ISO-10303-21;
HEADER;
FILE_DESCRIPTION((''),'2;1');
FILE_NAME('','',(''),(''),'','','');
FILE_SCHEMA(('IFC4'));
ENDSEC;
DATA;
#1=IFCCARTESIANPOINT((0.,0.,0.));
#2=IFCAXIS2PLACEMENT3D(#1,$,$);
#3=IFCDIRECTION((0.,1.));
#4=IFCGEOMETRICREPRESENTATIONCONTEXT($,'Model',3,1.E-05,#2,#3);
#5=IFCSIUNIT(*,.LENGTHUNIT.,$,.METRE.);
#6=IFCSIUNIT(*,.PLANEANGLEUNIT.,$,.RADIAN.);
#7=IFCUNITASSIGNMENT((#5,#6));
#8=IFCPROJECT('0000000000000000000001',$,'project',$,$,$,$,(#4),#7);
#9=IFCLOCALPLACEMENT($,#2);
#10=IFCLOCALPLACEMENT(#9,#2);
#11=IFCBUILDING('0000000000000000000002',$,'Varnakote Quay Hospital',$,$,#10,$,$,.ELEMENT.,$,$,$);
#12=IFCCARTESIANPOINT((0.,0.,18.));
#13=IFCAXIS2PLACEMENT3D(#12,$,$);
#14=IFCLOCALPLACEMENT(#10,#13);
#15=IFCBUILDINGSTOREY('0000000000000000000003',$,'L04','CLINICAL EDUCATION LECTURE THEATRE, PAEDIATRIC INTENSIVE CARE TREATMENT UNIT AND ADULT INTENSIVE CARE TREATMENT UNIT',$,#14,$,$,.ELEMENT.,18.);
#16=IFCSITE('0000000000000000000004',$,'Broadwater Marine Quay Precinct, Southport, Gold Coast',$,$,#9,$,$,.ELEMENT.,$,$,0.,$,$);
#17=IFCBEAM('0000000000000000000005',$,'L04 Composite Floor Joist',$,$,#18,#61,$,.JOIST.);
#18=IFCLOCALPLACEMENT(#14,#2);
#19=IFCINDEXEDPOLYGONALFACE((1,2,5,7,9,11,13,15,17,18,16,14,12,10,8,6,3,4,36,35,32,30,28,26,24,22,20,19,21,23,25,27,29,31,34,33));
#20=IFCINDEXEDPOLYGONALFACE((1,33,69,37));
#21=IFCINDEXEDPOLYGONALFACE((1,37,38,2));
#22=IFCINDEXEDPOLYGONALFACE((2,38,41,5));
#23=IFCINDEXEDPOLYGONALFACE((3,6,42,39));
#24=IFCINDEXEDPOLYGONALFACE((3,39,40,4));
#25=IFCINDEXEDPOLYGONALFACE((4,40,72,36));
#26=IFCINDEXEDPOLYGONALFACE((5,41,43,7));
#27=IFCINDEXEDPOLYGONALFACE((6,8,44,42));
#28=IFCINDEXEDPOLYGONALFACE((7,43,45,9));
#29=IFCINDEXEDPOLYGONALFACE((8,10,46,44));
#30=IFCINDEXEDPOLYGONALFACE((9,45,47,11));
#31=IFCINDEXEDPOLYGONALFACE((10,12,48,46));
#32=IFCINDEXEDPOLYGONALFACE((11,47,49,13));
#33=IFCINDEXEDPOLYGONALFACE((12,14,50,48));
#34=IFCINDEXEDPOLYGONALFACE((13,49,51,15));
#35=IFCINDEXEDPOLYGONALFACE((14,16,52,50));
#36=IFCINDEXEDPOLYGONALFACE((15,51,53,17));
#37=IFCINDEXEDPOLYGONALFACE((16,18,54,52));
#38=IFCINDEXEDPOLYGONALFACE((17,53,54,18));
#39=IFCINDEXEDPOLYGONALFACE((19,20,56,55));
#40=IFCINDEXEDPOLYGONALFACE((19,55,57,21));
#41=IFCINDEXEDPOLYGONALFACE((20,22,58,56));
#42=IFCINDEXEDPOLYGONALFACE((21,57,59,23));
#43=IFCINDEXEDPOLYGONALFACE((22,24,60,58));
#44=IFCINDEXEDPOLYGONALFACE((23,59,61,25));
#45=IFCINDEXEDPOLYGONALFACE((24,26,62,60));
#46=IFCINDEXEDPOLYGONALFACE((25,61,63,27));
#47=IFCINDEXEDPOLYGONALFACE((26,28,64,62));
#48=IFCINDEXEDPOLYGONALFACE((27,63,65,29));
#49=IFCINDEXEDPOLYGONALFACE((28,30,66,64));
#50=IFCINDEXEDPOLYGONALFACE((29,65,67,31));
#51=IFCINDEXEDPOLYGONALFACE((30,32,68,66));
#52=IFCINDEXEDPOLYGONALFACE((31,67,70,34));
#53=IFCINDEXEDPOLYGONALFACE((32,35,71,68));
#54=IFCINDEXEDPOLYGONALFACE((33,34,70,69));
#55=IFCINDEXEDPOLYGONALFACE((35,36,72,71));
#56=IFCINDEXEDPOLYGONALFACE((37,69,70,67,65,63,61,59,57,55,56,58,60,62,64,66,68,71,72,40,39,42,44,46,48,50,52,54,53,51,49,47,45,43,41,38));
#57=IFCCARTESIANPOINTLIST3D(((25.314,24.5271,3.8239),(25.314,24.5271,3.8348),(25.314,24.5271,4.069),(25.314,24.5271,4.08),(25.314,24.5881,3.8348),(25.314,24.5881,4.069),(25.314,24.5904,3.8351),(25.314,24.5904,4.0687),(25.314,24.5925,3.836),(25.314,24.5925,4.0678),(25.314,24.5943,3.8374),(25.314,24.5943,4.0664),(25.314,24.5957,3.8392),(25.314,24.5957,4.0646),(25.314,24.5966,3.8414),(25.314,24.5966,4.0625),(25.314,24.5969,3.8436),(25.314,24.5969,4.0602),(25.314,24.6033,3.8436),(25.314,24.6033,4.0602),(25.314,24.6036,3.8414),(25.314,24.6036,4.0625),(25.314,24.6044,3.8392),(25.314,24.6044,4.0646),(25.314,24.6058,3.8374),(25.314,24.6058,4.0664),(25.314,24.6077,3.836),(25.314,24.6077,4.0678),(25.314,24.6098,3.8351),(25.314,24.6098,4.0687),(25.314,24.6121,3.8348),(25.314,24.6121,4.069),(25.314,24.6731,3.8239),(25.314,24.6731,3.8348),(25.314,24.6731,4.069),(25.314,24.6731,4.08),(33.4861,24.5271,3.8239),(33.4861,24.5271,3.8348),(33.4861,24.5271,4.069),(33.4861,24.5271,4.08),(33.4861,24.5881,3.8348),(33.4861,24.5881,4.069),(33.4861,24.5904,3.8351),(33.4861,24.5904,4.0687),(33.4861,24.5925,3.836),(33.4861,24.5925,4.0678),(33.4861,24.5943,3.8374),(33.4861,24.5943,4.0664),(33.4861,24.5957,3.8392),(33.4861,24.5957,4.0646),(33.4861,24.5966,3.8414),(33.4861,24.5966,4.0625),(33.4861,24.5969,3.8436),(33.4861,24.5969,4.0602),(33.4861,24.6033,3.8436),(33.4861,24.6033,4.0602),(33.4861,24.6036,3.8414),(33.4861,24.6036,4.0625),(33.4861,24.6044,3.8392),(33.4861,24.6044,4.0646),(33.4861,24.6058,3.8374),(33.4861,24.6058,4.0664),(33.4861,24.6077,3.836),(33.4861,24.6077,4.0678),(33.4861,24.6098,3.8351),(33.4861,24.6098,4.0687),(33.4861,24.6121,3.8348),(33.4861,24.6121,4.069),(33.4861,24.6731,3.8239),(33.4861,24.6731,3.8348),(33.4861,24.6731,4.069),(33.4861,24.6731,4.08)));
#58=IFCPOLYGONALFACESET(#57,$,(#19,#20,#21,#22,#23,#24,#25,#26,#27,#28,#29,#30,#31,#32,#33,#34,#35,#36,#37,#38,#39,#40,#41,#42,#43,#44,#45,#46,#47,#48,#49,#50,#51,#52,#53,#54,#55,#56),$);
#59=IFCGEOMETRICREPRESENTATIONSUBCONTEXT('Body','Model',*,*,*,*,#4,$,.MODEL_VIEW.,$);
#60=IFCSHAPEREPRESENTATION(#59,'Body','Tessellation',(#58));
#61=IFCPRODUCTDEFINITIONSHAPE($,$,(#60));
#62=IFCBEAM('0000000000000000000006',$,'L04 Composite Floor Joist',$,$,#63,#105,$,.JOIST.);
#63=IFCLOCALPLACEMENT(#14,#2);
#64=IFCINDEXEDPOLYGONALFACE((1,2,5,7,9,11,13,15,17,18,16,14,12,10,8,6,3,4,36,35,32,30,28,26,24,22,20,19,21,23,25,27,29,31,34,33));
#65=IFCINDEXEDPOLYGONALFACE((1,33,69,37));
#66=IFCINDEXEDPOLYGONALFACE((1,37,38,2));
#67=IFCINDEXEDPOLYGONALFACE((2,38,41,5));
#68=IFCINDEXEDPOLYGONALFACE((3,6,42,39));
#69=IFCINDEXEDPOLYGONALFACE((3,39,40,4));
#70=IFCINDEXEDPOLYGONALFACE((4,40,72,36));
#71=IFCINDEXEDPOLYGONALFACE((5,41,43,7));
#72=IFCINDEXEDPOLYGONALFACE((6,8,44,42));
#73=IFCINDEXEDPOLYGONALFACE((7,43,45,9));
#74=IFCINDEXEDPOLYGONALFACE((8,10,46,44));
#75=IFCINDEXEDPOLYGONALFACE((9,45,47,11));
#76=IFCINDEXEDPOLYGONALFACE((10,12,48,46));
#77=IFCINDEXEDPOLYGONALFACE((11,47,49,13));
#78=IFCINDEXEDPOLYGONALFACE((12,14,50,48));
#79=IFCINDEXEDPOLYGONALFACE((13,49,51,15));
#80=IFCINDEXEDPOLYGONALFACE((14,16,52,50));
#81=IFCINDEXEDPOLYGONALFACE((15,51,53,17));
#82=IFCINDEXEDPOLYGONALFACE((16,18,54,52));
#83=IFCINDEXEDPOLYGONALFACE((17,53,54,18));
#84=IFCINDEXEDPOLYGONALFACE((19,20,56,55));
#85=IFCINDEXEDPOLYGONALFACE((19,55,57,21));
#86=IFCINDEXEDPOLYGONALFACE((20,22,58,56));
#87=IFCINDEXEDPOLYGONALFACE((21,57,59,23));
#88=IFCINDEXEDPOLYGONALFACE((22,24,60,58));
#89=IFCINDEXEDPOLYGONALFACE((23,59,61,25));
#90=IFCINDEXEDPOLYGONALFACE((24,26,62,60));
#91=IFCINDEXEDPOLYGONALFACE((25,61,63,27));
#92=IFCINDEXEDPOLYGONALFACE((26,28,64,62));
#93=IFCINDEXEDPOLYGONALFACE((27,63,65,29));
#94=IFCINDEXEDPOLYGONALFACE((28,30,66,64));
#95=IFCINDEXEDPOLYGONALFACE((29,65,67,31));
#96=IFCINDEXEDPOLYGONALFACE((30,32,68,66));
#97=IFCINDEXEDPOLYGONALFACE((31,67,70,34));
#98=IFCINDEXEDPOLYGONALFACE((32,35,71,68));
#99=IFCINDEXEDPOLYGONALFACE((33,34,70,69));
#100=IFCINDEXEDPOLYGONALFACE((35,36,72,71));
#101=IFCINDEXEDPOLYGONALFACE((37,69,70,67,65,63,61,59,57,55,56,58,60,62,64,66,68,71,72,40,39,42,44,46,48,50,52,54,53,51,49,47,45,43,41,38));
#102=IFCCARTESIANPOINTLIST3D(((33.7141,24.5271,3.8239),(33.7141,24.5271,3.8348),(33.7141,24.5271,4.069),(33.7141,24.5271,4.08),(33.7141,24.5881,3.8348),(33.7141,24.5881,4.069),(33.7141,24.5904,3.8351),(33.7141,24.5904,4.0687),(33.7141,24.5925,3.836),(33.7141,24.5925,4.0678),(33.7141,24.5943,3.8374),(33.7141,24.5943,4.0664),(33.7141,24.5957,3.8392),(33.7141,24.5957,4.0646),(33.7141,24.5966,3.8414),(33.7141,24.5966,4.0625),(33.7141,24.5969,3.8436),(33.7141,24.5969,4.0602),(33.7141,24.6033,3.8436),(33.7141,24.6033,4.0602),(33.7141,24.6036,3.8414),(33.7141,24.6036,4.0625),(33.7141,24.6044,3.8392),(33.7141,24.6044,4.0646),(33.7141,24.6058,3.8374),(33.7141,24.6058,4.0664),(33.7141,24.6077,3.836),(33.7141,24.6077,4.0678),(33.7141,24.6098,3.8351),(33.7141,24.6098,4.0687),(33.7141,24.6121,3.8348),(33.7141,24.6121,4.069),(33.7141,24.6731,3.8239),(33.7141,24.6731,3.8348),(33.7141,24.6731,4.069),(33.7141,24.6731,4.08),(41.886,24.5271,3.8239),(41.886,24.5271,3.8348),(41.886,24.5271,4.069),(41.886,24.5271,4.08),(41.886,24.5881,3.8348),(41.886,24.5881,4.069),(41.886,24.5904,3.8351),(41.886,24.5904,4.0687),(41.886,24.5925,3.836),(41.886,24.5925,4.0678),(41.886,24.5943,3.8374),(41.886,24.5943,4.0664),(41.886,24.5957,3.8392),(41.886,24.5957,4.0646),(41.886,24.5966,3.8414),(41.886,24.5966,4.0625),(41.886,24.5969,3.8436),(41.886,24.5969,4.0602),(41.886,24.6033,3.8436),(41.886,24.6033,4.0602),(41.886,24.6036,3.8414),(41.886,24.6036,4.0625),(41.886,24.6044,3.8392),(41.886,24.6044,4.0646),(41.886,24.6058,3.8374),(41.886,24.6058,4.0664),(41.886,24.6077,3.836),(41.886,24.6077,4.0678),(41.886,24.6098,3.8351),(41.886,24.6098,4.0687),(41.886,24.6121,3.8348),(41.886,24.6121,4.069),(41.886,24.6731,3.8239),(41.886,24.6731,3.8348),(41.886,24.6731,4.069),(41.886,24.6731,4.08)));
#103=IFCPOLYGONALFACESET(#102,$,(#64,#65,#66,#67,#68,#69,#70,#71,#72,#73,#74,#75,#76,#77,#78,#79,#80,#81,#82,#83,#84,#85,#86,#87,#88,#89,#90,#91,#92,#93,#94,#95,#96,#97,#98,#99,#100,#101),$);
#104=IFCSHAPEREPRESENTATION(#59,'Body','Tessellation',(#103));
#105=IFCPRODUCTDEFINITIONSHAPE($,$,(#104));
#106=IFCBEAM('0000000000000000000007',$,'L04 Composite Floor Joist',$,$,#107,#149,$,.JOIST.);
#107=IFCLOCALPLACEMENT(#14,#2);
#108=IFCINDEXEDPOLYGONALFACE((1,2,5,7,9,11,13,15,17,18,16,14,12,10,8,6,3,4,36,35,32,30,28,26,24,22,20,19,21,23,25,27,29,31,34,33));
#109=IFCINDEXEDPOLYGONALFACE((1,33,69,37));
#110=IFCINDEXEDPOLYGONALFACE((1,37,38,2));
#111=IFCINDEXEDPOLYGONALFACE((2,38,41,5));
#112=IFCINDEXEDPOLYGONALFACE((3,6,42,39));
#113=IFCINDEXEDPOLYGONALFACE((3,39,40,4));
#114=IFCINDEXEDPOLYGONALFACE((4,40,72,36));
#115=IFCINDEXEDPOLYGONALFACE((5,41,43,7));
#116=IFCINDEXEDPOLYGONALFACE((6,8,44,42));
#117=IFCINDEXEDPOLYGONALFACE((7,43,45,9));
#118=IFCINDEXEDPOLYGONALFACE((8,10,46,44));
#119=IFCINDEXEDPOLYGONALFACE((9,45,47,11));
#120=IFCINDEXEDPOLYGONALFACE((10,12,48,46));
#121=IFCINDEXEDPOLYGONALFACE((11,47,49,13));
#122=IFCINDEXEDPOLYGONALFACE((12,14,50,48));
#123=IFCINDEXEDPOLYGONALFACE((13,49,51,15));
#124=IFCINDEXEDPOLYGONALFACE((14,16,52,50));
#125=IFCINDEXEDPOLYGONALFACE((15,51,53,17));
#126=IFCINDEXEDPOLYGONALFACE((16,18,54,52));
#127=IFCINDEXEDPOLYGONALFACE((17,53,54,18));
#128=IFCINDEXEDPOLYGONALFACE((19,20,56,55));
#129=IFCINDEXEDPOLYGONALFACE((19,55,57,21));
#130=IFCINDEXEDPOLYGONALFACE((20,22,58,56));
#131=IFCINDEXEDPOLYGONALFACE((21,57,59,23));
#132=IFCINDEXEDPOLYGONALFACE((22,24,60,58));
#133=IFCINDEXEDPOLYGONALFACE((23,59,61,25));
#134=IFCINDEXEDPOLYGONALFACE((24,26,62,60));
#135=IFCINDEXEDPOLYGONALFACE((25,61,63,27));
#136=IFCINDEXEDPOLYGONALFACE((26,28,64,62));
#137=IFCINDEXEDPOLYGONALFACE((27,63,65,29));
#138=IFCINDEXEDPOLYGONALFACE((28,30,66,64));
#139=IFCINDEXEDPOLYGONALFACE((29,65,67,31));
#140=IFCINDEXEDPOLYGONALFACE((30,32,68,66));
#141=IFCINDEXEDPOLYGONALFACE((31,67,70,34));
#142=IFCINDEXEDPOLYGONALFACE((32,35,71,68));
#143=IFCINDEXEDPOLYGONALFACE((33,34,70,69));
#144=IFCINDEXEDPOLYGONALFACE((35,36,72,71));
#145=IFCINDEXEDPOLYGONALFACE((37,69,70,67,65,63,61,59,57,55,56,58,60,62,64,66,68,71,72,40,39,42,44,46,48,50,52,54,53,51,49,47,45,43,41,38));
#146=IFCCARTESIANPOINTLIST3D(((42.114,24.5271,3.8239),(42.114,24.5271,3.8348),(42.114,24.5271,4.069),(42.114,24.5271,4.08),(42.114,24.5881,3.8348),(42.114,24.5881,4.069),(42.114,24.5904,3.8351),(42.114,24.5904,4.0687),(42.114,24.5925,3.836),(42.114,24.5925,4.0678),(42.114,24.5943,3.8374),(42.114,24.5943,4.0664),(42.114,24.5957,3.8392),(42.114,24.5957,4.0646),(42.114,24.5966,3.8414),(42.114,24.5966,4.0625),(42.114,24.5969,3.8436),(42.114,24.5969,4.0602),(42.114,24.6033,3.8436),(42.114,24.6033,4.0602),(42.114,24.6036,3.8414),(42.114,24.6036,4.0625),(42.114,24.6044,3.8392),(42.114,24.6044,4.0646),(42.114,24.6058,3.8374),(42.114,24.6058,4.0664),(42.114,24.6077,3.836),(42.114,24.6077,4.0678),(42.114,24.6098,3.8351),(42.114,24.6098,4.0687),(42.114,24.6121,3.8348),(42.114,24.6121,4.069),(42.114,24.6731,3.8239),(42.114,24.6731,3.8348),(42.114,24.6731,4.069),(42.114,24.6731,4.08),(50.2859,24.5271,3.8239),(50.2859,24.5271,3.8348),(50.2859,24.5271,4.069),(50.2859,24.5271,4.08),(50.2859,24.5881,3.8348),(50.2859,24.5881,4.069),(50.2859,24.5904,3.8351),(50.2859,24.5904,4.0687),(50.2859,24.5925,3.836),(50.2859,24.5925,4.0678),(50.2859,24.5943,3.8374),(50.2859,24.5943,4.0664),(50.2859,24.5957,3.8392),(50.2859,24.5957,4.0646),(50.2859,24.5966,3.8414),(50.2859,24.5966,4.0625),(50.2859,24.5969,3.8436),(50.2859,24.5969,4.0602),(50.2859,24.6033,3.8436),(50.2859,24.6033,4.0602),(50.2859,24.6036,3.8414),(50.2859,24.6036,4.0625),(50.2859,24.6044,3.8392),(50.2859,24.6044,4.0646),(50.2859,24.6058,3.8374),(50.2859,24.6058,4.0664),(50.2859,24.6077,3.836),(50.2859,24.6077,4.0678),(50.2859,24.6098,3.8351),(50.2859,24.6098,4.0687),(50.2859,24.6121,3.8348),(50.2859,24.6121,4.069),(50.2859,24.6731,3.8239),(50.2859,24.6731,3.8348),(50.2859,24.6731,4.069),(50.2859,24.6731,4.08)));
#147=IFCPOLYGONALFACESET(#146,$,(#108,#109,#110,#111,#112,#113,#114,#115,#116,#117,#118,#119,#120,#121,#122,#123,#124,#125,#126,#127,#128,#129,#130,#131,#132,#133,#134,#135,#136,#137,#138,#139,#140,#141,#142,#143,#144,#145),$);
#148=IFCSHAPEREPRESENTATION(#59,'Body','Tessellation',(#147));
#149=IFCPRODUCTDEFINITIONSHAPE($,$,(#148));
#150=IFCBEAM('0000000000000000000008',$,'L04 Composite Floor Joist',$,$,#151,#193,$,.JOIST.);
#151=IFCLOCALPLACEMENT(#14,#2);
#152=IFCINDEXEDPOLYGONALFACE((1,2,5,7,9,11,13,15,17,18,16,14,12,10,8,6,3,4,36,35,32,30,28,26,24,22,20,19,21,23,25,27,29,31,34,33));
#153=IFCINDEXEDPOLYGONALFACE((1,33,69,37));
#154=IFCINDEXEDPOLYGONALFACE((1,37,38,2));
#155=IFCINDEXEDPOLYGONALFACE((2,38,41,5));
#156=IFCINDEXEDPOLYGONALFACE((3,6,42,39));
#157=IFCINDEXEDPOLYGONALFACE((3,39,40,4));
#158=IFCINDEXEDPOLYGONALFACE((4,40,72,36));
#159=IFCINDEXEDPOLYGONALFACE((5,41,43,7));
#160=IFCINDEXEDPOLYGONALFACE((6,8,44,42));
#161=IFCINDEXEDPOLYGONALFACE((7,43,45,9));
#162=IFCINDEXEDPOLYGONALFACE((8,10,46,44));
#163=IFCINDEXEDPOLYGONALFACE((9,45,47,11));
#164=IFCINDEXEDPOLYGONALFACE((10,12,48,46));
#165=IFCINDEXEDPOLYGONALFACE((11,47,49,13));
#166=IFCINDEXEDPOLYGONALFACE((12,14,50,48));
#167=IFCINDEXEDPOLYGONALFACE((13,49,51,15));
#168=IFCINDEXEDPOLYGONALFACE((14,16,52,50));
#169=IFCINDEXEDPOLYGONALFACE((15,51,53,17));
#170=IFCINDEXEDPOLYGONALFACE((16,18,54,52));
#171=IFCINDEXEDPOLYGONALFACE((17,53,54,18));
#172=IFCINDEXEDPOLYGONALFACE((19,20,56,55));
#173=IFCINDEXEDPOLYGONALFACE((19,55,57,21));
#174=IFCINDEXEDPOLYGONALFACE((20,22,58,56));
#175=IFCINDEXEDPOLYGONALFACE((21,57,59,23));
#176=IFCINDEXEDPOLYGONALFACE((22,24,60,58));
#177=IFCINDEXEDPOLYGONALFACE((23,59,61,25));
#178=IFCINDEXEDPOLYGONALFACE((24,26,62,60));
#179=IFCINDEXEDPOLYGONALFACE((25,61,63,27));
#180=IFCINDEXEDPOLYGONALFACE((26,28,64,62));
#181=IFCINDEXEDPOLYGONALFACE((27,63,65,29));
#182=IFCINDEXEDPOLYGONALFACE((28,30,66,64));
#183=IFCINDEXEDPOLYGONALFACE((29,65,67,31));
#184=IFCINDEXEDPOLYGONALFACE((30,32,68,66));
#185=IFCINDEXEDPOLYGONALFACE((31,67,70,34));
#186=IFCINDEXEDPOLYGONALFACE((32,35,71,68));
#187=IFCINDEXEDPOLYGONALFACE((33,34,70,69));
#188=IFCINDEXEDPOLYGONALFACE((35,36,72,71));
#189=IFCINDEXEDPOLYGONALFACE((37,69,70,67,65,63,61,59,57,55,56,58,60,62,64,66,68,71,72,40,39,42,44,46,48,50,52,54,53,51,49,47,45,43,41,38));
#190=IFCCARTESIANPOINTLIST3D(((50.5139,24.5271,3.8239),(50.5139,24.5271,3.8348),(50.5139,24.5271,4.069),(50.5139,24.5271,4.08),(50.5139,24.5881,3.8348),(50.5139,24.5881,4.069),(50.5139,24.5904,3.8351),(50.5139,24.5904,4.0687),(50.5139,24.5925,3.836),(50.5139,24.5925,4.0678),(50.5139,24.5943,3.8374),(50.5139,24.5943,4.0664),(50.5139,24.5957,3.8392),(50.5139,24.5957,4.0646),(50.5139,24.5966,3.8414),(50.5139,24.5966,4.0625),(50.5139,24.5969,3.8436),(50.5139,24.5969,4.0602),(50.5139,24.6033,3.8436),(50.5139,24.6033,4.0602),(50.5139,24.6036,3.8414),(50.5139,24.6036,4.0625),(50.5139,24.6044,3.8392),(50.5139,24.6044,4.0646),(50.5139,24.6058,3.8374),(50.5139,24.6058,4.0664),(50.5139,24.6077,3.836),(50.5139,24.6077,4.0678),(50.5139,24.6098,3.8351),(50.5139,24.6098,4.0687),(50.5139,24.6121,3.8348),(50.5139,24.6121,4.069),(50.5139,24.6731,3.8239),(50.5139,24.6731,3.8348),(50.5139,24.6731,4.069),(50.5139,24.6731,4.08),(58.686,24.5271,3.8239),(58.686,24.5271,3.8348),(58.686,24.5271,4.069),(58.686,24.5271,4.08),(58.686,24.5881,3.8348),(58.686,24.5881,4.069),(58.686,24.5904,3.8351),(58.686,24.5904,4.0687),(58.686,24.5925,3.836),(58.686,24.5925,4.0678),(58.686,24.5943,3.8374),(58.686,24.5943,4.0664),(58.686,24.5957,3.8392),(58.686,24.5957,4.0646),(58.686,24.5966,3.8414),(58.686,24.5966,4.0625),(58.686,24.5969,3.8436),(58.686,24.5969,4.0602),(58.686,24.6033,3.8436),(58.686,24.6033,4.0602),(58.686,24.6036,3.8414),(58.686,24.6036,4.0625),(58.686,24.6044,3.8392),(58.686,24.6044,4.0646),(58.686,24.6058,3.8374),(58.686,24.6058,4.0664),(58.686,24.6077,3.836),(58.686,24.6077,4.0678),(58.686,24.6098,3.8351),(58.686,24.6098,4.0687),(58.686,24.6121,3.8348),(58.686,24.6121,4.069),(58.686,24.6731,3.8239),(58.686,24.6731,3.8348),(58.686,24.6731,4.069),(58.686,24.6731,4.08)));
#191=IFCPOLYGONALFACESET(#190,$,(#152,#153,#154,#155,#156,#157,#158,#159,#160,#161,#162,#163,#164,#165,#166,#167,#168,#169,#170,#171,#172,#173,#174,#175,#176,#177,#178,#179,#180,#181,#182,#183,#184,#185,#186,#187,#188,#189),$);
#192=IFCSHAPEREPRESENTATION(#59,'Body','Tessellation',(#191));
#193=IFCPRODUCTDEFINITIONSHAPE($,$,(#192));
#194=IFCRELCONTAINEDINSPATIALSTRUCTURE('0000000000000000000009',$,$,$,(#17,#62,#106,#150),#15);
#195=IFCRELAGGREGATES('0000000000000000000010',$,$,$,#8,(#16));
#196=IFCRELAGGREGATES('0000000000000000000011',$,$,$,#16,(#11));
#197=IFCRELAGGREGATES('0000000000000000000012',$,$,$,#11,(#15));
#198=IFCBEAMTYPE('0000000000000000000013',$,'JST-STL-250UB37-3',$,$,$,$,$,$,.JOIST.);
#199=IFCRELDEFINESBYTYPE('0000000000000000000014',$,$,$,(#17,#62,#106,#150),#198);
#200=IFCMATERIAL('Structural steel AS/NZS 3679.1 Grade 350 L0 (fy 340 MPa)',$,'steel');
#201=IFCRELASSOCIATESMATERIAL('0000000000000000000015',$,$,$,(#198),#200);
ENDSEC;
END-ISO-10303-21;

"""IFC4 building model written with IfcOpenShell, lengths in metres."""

from ifc_helpers import new_model, si_unit, direction, frame, origin, origin_2d, place, context, subcontext, project, spatial, i_section, extrude, material, material_profile, profile_set, type_object, element, save


model = new_model("IFC4")

# Units and contexts
model_context = context("Model", 3, precision=1e-05, world=origin(), true_north=direction((0.0, 1.0)))
body_context = subcontext(model_context, "Body", "Model", "MODEL_VIEW")
ifc_project = project(units=[si_unit("LENGTHUNIT", "METRE"), si_unit("PLANEANGLEUNIT", "RADIAN")], contexts=[model_context])

# Site, building, storey
site_placement = place(None, origin())
site = spatial("IfcSite", under=ifc_project, at=site_placement, Name="Broadwater Marine Quay Precinct, Southport, Gold Coast", CompositionType="ELEMENT", RefElevation=0.0)
building_placement = place(site_placement, origin())
building = spatial("IfcBuilding", under=site, at=building_placement, Name="Varnakote Quay Hospital", CompositionType="ELEMENT")
storey_placement = place(building_placement, frame((0.0, 0.0, 18.0)))
storey = spatial("IfcBuildingStorey", under=building, at=storey_placement, Name="L04", Description="CLINICAL EDUCATION LECTURE THEATRE, PAEDIATRIC INTENSIVE CARE TREATMENT UNIT AND ADULT INTENSIVE CARE TREATMENT UNIT", CompositionType="ELEMENT", Elevation=18.0)

# Beams
ifc_material_1 = material(Name="Structural steel AS/NZS 3679.1 Grade 350 L0 (fy 340 MPa)", Category="steel")
ifc_material_profile_1 = material_profile(ifc_material_1, i_section(OverallWidth=0.146, OverallDepth=0.2561, WebThickness=0.0063, FlangeThickness=0.011, FilletRadius=0.0088, at=origin_2d()), Name="250UB37.3")
ifc_profile_set_1 = profile_set([ifc_material_profile_1], Name="Structural steel AS/NZS 3679.1 Grade 350 L0 (fy 340 MPa)")
beam_type_1 = type_object("IfcBeamType", Name="JST-STL-250UB37-3", PredefinedType="JOIST", material=ifc_profile_set_1)
for number, where, z_axis, x_axis, name in (
    (1, (25.314, 24.6001, 3.9519), (1.0, 0.0, 0.0), (0.0, 1.0, 0.0), "L04 Composite Floor Joist"),
):
    element("IfcBeam", number, at=place(storey_placement, frame(where, z_axis=z_axis, x_axis=x_axis)), inside=storey, type_object=beam_type_1, Name=name, PredefinedType="JOIST", context=body_context, shape_type="SweptSolid", body=[
        extrude(i_section(OverallWidth=0.146, OverallDepth=0.2561, WebThickness=0.0063, FlangeThickness=0.011, FilletRadius=0.0088, at=origin_2d()), origin(), (0.0, 0.0, 1.0), 8.1721),
    ])
for number, where, z_axis, x_axis, name in (
    (2, (33.7141, 24.6001, 3.9519), (1.0, 0.0, 0.0), (0.0, 1.0, 0.0), "L04 Composite Floor Joist"),
    (3, (42.114, 24.6001, 3.9519), (1.0, 0.0, 0.0), (0.0, 1.0, 0.0), "L04 Composite Floor Joist"),
):
    element("IfcBeam", number, at=place(storey_placement, frame(where, z_axis=z_axis, x_axis=x_axis)), inside=storey, type_object=beam_type_1, Name=name, PredefinedType="JOIST", context=body_context, shape_type="SweptSolid", body=[
        extrude(i_section(OverallWidth=0.146, OverallDepth=0.2561, WebThickness=0.0063, FlangeThickness=0.011, FilletRadius=0.0088, at=origin_2d()), origin(), (0.0, 0.0, 1.0), 8.1719),
    ])
beam_1_placement = place(storey_placement, frame((50.5139, 24.6001, 3.9519), z_axis=(1.0, 0.0, 0.0), x_axis=(0.0, 1.0, 0.0)))
element("IfcBeam", 4, at=beam_1_placement, inside=storey, type_object=beam_type_1, Name="L04 Composite Floor Joist", PredefinedType="JOIST", context=body_context, shape_type="SweptSolid", body=[
    extrude(i_section(OverallWidth=0.146, OverallDepth=0.2561, WebThickness=0.0063, FlangeThickness=0.011, FilletRadius=0.0088, at=origin_2d()), origin(), (0.0, 0.0, 1.0), 8.1721),
])

save(model, "model.ifc")
